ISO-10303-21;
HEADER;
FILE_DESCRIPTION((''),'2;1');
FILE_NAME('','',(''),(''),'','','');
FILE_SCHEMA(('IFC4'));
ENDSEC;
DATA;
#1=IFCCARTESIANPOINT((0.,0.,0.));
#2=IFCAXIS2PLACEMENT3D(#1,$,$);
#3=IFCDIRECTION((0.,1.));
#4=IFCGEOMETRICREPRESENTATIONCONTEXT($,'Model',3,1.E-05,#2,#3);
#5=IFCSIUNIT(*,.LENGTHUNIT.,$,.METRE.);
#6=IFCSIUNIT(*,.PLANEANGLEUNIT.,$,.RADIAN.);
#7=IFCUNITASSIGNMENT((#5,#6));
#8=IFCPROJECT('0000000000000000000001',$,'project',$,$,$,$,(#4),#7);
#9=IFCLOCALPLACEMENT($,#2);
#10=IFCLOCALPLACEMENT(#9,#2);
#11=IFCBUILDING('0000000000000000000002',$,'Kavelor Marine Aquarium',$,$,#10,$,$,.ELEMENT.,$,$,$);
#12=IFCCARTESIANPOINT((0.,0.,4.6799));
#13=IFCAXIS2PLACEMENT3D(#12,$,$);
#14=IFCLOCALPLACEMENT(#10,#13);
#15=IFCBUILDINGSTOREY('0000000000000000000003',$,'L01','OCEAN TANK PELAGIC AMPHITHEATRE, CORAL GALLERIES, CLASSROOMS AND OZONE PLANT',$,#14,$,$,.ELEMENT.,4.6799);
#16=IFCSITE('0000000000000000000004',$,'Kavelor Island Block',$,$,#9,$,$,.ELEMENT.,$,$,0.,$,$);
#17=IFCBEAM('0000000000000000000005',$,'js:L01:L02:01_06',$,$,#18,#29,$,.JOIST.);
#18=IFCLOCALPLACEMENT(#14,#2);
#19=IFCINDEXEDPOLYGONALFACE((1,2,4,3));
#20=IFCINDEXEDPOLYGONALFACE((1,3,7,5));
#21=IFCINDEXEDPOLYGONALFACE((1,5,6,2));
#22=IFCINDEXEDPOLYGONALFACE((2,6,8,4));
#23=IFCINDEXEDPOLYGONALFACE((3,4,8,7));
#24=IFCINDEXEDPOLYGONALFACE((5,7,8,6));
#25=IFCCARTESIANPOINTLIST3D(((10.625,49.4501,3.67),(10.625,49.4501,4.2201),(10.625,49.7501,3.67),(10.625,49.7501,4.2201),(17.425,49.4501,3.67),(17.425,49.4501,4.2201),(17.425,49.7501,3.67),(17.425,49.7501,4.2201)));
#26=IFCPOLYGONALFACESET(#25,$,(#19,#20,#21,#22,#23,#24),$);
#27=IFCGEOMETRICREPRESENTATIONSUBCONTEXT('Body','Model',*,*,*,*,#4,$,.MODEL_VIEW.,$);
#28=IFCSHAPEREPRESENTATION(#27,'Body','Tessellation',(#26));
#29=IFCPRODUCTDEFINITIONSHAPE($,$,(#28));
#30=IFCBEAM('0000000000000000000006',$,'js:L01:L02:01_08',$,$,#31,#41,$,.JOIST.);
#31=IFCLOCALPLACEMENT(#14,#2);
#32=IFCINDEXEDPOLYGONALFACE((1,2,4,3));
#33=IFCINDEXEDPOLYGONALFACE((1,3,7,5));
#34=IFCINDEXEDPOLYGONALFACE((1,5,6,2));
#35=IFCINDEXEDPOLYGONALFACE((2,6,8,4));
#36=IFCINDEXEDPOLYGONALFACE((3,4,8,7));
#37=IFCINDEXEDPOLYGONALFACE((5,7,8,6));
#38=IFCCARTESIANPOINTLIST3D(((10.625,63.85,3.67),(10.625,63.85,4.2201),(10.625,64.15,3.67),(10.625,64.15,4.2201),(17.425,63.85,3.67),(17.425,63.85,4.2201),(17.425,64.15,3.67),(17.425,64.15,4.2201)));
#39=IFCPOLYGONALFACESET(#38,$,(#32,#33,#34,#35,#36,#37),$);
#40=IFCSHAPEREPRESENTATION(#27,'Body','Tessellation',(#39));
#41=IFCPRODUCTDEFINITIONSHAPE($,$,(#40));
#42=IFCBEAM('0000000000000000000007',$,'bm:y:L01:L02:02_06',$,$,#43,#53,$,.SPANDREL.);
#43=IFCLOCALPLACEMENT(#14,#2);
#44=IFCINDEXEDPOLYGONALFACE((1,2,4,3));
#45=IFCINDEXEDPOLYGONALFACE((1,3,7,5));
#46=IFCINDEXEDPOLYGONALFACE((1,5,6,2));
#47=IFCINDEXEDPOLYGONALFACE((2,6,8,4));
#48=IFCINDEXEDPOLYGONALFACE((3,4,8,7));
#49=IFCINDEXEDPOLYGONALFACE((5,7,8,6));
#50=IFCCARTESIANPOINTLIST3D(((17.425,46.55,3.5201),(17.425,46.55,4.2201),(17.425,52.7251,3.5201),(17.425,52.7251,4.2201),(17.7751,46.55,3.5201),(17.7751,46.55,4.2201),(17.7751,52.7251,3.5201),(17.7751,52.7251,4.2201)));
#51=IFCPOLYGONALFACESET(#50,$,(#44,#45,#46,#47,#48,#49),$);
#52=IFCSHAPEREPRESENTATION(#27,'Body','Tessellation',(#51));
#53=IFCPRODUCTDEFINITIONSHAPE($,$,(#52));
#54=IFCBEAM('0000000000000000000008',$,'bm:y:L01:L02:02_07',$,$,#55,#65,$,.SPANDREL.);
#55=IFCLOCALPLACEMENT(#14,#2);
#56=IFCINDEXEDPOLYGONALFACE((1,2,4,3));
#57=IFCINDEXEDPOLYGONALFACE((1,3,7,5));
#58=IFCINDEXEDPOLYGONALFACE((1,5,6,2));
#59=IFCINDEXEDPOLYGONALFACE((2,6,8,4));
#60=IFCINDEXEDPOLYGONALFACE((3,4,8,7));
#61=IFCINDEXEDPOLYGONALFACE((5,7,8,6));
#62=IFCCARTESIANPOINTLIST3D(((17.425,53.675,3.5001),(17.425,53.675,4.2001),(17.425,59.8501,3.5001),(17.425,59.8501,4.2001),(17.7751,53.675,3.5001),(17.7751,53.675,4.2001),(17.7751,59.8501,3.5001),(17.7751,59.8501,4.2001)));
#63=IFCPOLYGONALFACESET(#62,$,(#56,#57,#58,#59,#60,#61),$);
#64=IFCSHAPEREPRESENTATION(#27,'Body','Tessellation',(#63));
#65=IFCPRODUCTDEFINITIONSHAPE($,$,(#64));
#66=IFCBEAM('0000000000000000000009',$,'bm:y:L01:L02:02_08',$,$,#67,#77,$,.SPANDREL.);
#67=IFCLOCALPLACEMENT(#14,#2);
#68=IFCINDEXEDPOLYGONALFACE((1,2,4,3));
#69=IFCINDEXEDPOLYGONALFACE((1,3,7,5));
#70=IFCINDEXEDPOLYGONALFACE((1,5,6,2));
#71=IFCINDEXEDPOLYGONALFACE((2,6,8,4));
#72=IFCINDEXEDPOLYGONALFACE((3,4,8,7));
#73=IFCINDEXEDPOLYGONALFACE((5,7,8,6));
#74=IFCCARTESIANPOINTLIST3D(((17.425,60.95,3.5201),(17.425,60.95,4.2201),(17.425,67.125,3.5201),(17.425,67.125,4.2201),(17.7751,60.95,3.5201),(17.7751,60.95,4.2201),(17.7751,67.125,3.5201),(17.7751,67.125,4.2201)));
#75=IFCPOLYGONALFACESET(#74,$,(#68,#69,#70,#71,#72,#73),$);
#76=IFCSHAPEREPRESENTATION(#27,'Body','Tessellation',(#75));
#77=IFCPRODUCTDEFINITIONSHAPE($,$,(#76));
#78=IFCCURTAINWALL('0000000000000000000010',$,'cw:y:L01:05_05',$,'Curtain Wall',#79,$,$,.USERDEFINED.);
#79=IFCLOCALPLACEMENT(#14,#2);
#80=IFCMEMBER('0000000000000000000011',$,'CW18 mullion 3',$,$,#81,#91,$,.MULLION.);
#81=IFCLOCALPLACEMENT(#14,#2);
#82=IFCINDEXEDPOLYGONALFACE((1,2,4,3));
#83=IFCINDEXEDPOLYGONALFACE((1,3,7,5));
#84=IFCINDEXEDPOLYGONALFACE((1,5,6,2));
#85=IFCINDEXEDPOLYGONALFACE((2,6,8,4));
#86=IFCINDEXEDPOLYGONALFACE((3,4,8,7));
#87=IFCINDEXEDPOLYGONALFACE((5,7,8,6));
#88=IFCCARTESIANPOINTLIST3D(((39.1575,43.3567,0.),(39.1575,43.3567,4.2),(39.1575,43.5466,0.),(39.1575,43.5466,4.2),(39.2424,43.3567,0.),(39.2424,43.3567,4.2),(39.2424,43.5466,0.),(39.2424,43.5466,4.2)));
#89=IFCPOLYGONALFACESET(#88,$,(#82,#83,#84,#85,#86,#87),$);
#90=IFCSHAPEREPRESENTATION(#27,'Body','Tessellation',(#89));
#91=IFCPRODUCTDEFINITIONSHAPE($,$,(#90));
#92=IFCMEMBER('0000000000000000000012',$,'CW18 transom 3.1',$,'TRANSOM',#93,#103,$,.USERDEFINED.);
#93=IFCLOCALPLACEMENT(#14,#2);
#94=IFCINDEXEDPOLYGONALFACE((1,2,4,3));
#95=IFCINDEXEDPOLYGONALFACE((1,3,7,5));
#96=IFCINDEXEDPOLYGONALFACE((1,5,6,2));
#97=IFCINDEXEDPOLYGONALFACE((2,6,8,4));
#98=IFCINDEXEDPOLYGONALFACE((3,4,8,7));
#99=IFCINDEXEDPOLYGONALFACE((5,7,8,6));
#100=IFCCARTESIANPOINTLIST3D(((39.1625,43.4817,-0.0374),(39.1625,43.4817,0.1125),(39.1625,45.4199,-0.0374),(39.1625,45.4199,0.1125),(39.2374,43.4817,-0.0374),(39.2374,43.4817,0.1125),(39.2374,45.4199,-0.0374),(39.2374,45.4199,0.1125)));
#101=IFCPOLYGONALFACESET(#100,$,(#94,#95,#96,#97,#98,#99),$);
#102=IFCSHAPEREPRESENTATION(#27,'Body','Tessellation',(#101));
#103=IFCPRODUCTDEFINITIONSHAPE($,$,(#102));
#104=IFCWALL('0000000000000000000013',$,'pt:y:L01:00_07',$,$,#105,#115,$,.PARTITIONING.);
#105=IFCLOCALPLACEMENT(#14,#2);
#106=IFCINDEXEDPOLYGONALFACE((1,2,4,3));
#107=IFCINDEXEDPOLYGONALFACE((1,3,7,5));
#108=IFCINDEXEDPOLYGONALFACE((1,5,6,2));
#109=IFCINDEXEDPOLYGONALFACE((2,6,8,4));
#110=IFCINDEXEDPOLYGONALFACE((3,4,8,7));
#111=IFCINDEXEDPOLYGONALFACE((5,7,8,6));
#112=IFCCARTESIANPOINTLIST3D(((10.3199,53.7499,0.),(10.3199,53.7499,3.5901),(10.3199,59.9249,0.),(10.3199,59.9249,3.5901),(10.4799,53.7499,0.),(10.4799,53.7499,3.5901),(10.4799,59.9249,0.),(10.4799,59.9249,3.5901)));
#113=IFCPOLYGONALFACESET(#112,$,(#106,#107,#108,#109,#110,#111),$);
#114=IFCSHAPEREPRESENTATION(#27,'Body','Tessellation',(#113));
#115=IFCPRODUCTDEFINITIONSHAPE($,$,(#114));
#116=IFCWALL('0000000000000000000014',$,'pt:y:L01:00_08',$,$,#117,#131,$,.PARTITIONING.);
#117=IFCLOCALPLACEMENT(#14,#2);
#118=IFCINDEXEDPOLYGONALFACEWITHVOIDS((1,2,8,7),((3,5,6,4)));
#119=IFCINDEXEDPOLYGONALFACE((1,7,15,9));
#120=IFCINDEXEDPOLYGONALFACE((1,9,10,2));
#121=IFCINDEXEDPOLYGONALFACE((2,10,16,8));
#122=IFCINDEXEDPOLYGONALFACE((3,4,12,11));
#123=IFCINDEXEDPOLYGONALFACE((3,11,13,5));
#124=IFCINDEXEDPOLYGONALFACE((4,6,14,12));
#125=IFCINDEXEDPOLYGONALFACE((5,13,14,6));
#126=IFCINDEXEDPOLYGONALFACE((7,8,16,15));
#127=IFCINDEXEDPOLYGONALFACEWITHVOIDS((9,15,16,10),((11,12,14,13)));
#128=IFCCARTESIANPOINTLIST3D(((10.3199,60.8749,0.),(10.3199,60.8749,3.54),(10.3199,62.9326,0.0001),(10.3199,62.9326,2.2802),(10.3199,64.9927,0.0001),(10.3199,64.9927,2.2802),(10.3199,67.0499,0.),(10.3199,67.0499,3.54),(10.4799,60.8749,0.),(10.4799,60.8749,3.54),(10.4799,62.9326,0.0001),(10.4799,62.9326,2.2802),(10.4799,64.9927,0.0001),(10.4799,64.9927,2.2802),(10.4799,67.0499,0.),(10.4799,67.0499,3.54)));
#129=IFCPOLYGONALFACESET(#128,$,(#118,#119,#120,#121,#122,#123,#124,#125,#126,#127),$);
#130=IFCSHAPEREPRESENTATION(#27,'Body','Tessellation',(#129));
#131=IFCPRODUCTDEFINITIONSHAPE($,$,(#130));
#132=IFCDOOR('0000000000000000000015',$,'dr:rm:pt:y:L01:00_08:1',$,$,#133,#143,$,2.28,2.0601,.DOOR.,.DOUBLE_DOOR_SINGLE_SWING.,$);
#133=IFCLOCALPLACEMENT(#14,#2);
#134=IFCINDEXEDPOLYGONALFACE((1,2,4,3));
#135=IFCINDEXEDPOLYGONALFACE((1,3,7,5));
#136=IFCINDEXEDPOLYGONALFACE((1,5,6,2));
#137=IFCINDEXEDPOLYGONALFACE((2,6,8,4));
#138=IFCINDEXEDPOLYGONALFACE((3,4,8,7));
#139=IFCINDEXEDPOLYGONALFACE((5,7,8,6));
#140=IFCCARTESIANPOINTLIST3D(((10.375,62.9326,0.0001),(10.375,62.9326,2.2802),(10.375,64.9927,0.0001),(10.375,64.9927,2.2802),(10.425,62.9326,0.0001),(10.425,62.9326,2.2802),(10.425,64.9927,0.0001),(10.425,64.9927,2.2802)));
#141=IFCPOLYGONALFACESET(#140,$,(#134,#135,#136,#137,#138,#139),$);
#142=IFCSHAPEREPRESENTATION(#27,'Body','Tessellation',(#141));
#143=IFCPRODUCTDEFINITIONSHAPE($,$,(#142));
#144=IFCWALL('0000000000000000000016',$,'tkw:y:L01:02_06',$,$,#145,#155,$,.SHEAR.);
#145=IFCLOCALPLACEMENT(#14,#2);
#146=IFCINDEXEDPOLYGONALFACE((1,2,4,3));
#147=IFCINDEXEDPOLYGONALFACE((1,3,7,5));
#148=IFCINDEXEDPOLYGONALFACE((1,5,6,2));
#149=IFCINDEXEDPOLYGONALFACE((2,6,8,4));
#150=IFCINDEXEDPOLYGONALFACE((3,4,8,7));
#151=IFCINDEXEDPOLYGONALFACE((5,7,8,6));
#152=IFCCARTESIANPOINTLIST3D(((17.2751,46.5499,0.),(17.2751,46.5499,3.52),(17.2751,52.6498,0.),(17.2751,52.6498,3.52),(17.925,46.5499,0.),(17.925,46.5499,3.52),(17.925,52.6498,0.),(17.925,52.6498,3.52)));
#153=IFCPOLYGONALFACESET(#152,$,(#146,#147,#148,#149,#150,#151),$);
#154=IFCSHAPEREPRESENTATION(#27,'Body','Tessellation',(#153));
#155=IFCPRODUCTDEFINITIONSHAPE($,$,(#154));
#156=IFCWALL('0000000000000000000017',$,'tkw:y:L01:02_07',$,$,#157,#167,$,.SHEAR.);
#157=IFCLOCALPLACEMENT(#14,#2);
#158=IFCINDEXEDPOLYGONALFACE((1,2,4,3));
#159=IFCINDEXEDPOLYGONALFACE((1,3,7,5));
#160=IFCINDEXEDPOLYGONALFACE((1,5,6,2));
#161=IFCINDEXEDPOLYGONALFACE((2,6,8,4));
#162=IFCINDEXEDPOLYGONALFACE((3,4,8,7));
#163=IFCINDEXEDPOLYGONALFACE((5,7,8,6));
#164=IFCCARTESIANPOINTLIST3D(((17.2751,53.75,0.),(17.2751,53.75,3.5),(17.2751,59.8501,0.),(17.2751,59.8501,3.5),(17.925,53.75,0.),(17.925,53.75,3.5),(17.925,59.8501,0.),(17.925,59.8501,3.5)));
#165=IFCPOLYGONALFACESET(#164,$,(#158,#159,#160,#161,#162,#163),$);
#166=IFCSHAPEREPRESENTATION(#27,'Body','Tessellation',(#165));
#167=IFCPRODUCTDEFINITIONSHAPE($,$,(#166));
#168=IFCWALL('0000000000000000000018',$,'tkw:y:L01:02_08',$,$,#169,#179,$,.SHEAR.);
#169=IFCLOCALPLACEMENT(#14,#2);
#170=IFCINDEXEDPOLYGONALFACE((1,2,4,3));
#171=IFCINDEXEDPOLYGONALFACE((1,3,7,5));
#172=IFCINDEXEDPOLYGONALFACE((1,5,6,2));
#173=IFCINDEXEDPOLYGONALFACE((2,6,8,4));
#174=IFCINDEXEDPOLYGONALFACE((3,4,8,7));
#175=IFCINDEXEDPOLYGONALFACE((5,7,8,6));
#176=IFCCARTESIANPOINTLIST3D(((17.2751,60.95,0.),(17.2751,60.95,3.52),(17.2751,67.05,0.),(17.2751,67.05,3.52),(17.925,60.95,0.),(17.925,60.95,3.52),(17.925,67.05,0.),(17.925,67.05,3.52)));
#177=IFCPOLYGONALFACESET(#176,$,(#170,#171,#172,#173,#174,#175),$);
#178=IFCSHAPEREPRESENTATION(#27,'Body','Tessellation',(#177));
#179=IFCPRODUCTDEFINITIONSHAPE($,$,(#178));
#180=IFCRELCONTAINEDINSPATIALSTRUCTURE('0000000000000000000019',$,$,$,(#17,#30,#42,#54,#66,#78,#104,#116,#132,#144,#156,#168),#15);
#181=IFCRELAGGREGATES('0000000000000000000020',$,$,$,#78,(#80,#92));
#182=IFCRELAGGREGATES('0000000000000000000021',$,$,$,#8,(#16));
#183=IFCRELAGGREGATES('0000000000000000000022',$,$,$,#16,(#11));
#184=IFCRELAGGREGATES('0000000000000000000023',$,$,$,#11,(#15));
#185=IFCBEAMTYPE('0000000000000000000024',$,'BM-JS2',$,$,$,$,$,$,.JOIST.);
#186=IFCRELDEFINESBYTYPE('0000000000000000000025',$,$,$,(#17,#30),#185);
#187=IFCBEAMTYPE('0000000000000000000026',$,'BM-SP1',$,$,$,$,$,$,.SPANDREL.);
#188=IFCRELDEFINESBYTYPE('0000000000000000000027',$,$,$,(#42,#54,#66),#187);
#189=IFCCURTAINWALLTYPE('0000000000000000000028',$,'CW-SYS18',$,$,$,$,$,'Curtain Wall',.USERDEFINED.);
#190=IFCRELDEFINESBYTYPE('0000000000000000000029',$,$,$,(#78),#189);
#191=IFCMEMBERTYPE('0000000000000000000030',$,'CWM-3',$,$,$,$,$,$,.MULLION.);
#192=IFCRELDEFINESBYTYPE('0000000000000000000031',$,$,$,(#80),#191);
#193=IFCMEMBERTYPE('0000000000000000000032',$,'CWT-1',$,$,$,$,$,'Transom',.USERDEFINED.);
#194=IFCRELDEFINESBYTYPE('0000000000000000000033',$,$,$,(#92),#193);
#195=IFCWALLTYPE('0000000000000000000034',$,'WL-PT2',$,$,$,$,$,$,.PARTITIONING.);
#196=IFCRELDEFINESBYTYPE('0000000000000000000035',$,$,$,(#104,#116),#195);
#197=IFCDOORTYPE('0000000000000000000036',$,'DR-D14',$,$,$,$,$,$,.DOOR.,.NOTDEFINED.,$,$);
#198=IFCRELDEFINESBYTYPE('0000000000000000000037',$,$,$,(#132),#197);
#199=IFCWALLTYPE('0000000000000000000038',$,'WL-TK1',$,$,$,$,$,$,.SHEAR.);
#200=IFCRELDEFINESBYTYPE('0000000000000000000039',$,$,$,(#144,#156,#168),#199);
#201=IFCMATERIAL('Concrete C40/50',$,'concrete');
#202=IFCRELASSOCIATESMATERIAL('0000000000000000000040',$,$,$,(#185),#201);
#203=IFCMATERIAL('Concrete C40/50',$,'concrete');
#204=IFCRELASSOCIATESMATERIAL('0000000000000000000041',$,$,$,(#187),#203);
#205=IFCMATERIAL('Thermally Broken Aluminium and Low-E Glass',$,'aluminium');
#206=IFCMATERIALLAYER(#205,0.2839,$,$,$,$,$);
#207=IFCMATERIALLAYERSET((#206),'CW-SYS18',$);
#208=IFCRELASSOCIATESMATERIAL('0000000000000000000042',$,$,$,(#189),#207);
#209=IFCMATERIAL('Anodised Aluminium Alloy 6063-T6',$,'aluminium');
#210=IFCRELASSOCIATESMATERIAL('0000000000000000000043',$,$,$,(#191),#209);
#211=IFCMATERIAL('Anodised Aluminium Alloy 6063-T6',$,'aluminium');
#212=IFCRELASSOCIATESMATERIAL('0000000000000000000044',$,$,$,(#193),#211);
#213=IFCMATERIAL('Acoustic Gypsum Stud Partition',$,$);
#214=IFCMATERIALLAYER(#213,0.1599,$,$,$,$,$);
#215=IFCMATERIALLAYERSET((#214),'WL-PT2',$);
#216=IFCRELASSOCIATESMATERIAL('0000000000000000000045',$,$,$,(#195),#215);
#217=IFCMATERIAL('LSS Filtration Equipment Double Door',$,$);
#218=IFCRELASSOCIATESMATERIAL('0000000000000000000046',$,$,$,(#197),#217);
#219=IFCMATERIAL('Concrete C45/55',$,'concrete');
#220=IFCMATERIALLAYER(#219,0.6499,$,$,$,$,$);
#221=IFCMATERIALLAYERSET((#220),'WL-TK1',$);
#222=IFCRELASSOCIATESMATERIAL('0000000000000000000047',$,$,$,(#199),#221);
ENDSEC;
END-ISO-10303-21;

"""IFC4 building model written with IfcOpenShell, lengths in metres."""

from ifc_helpers import new_model, si_unit, direction, frame, frame_2d, origin, origin_2d, place, context, subcontext, project, spatial, rectangle, extrude, material, layer, layer_set, material_profile, profile_set, type_object, element, fill, aggregate, save


model = new_model("IFC4")

# Units and contexts
model_context = context("Model", 3, precision=1e-05, world=origin(), true_north=direction((0.0, 1.0)))
body_context = subcontext(model_context, "Body", "Model", "MODEL_VIEW")
ifc_project = project(units=[si_unit("LENGTHUNIT", "METRE"), si_unit("PLANEANGLEUNIT", "RADIAN")], contexts=[model_context])

# Site, building, storey
site_placement = place(None, origin())
site = spatial("IfcSite", under=ifc_project, at=site_placement, Name="Kavelor Island Block", CompositionType="ELEMENT", RefElevation=0.0)
building_placement = place(site_placement, origin())
building = spatial("IfcBuilding", under=site, at=building_placement, Name="Kavelor Marine Aquarium", CompositionType="ELEMENT")
storey_placement = place(building_placement, frame((0.0, 0.0, 4.6799)))
storey = spatial("IfcBuildingStorey", under=building, at=storey_placement, Name="L01", Description="OCEAN TANK PELAGIC AMPHITHEATRE, CORAL GALLERIES, CLASSROOMS AND OZONE PLANT", CompositionType="ELEMENT", Elevation=4.6799)

# Beams
ifc_material_1 = material(Name="Concrete C40/50", Category="concrete")
ifc_material_profile_1 = material_profile(ifc_material_1, rectangle(XDim=0.3, YDim=0.55, at=origin_2d()), Name="RC-JS 300x550")
ifc_profile_set_1 = profile_set([ifc_material_profile_1], Name="Concrete C40/50")
beam_type_1 = type_object("IfcBeamType", Name="BM-JS2", PredefinedType="JOIST", material=ifc_profile_set_1)
for number, where, z_axis, x_axis, name in (
    (1, (10.625, 49.6001, 3.9451), (1.0, 0.0, 0.0), (0.0, 1.0, 0.0), "js:L01:L02:01_06"),
    (2, (10.625, 64.0, 3.9451), (1.0, 0.0, 0.0), (0.0, 1.0, 0.0), "js:L01:L02:01_08"),
):
    element("IfcBeam", number, at=place(storey_placement, frame(where, z_axis=z_axis, x_axis=x_axis)), inside=storey, type_object=beam_type_1, Name=name, PredefinedType="JOIST", context=body_context, shape_type="SweptSolid", body=[
        extrude(rectangle(XDim=0.3, YDim=0.55, at=origin_2d()), origin(), (0.0, 0.0, 1.0), 6.8),
    ])
ifc_material_2 = material(Name="Concrete C40/50", Category="concrete")
ifc_material_profile_2 = material_profile(ifc_material_2, rectangle(XDim=0.3501, YDim=0.7, at=origin_2d()), Name="RC-SP 350x700")
ifc_profile_set_2 = profile_set([ifc_material_profile_2], Name="Concrete C40/50")
beam_type_2 = type_object("IfcBeamType", Name="BM-SP1", PredefinedType="SPANDREL", material=ifc_profile_set_2)
for number, where, z_axis, x_axis, name in (
    (3, (17.6001, 46.55, 3.8701), (0.0, 1.0, 0.0), (-1.0, 0.0, 0.0), "bm:y:L01:L02:02_06"),
    (4, (17.6001, 53.675, 3.8501), (0.0, 1.0, 0.0), (-1.0, 0.0, 0.0), "bm:y:L01:L02:02_07"),
    (5, (17.6001, 60.95, 3.8701), (0.0, 1.0, 0.0), (-1.0, 0.0, 0.0), "bm:y:L01:L02:02_08"),
):
    element("IfcBeam", number, at=place(storey_placement, frame(where, z_axis=z_axis, x_axis=x_axis)), inside=storey, type_object=beam_type_2, Name=name, PredefinedType="SPANDREL", context=body_context, shape_type="SweptSolid", body=[
        extrude(rectangle(XDim=0.3501, YDim=0.7, at=origin_2d()), origin(), (0.0, 0.0, 1.0), 6.175),
    ])

# Curtain wall, members
ifc_material_3 = material(Name="Thermally Broken Aluminium and Low-E Glass", Category="aluminium")
ifc_layer_1 = layer(ifc_material_3, 0.2839)
ifc_layer_set_1 = layer_set([ifc_layer_1], Name="CW-SYS18")
curtain_wall_type = type_object("IfcCurtainWallType", Name="CW-SYS18", ElementType="Curtain Wall", PredefinedType="USERDEFINED", material=ifc_layer_set_1)
curtain_wall_placement = place(storey_placement, origin())
curtain_wall = element("IfcCurtainWall", 6, at=curtain_wall_placement, inside=storey, type_object=curtain_wall_type, Name="cw:y:L01:05_05", ObjectType="Curtain Wall", PredefinedType="USERDEFINED")
ifc_material_4 = material(Name="Anodised Aluminium Alloy 6063-T6", Category="aluminium")
ifc_material_profile_3 = material_profile(ifc_material_4, rectangle(XDim=0.085, YDim=0.1899, at=origin_2d()), Name="CW-MUL 85x190")
ifc_profile_set_3 = profile_set([ifc_material_profile_3], Name="Anodised Aluminium Alloy 6063-T6")
member_type_1 = type_object("IfcMemberType", Name="CWM-3", PredefinedType="MULLION", material=ifc_profile_set_3)
member_1_placement = place(storey_placement, frame((39.2, 43.4517, 0.0), z_axis=(0.0, 0.0, 1.0), x_axis=(-1.0, 0.0, 0.0)))
member_1 = element("IfcMember", 7, at=member_1_placement, type_object=member_type_1, Name="CW18 mullion 3", PredefinedType="MULLION", context=body_context, shape_type="SweptSolid", body=[
    extrude(rectangle(XDim=0.085, YDim=0.1899, at=origin_2d()), origin(), (0.0, 0.0, 1.0), 4.2),
])
ifc_material_5 = material(Name="Anodised Aluminium Alloy 6063-T6", Category="aluminium")
ifc_material_profile_4 = material_profile(ifc_material_5, rectangle(XDim=0.075, YDim=0.1499, at=origin_2d()), Name="CW-TRN 75x150")
ifc_profile_set_4 = profile_set([ifc_material_profile_4], Name="Anodised Aluminium Alloy 6063-T6")
member_type_2 = type_object("IfcMemberType", Name="CWT-1", ElementType="Transom", PredefinedType="USERDEFINED", material=ifc_profile_set_4)
member_2_placement = place(storey_placement, frame((39.2, 43.4817, 0.0376), z_axis=(0.0, 1.0, 0.0), x_axis=(-1.0, 0.0, 0.0)))
member_2 = element("IfcMember", 8, at=member_2_placement, type_object=member_type_2, Name="CW18 transom 3.1", ObjectType="TRANSOM", PredefinedType="USERDEFINED", context=body_context, shape_type="SweptSolid", body=[
    extrude(rectangle(XDim=0.075, YDim=0.1499, at=origin_2d()), origin(), (0.0, 0.0, 1.0), 1.9382),
])
aggregate(curtain_wall, [member_1, member_2])

# Wall
ifc_material_6 = material(Name="Acoustic Gypsum Stud Partition")
ifc_layer_2 = layer(ifc_material_6, 0.1599)
ifc_layer_set_2 = layer_set([ifc_layer_2], Name="WL-PT2")
wall_type_1 = type_object("IfcWallType", Name="WL-PT2", PredefinedType="PARTITIONING", material=ifc_layer_set_2)
wall_1_placement = place(storey_placement, frame((10.3999, 53.75, 0.0), z_axis=(0.0, 0.0, 1.0), x_axis=(0.0, 1.0, 0.0)))
element("IfcWall", 9, at=wall_1_placement, inside=storey, type_object=wall_type_1, Name="pt:y:L01:00_07", PredefinedType="PARTITIONING", context=body_context, shape_type="SweptSolid", body=[
    extrude(rectangle(XDim=6.175, YDim=0.1599, at=frame_2d((3.0874, 0.0))), origin(), (0.0, 0.0, 1.0), 3.5901),
])

# Wall, opening, door
wall_2_placement = place(storey_placement, frame((10.3999, 60.875, 0.0), z_axis=(0.0, 0.0, 1.0), x_axis=(0.0, 1.0, 0.0)))
wall_2 = element("IfcWall", 10, at=wall_2_placement, inside=storey, type_object=wall_type_1, Name="pt:y:L01:00_08", PredefinedType="PARTITIONING", context=body_context, shape_type="SweptSolid", body=[
    extrude(rectangle(XDim=6.175, YDim=0.1599, at=frame_2d((3.0874, 0.0))), origin(), (0.0, 0.0, 1.0), 3.54),
])
opening_placement = place(wall_2_placement, frame((2.0576, 0.0, 0.0)))
opening = element("IfcOpeningElement", 11, at=opening_placement, cuts=wall_2, PredefinedType="OPENING", context=body_context, shape_type="SweptSolid", body=[
    extrude(rectangle(XDim=2.0601, YDim=2.28, at=frame_2d((1.03, 1.1401))), frame((0.0, 0.0898, 0.0), z_axis=(0.0, -1.0, 0.0), x_axis=(1.0, 0.0, 0.0)), (0.0, 0.0, 1.0), 0.1799),
])
ifc_material_7 = material(Name="LSS Filtration Equipment Double Door")
door_type = type_object("IfcDoorType", Name="DR-D14", OperationType="NOTDEFINED", PredefinedType="DOOR", material=ifc_material_7)
door_placement = place(opening_placement, origin())
door = element("IfcDoor", 12, at=door_placement, inside=storey, type_object=door_type, Name="dr:rm:pt:y:L01:00_08:1", OperationType="DOUBLE_DOOR_SINGLE_SWING", OverallHeight=2.28, OverallWidth=2.0601, PredefinedType="DOOR", context=body_context, shape_type="SweptSolid", body=[
    extrude(rectangle(XDim=2.0601, YDim=2.28, at=frame_2d((1.03, 1.1401))), frame((0.0, 0.0249, 0.0), z_axis=(0.0, -1.0, 0.0), x_axis=(1.0, 0.0, 0.0)), (0.0, 0.0, 1.0), 0.05),
])
fill(opening, door)

# Walls
ifc_material_8 = material(Name="Concrete C45/55", Category="concrete")
ifc_layer_3 = layer(ifc_material_8, 0.6499)
ifc_layer_set_3 = layer_set([ifc_layer_3], Name="WL-TK1")
wall_type_2 = type_object("IfcWallType", Name="WL-TK1", PredefinedType="SHEAR", material=ifc_layer_set_3)
wall_3_placement = place(storey_placement, frame((17.6001, 46.55, 0.0), z_axis=(0.0, 0.0, 1.0), x_axis=(0.0, 1.0, 0.0)))
element("IfcWall", 13, at=wall_3_placement, inside=storey, type_object=wall_type_2, Name="tkw:y:L01:02_06", PredefinedType="SHEAR", context=body_context, shape_type="SweptSolid", body=[
    extrude(rectangle(XDim=6.0999, YDim=0.6499, at=frame_2d((3.0498, 0.0))), origin(), (0.0, 0.0, 1.0), 3.52),
])
wall_4_placement = place(storey_placement, frame((17.6001, 53.75, 0.0), z_axis=(0.0, 0.0, 1.0), x_axis=(0.0, 1.0, 0.0)))
element("IfcWall", 14, at=wall_4_placement, inside=storey, type_object=wall_type_2, Name="tkw:y:L01:02_07", PredefinedType="SHEAR", context=body_context, shape_type="SweptSolid", body=[
    extrude(rectangle(XDim=6.1001, YDim=0.6499, at=frame_2d((3.05, 0.0))), origin(), (0.0, 0.0, 1.0), 3.5),
])
wall_5_placement = place(storey_placement, frame((17.6001, 60.95, 0.0), z_axis=(0.0, 0.0, 1.0), x_axis=(0.0, 1.0, 0.0)))
element("IfcWall", 15, at=wall_5_placement, inside=storey, type_object=wall_type_2, Name="tkw:y:L01:02_08", PredefinedType="SHEAR", context=body_context, shape_type="SweptSolid", body=[
    extrude(rectangle(XDim=6.1001, YDim=0.6499, at=frame_2d((3.05, 0.0))), origin(), (0.0, 0.0, 1.0), 3.52),
])

save(model, "model.ifc")
